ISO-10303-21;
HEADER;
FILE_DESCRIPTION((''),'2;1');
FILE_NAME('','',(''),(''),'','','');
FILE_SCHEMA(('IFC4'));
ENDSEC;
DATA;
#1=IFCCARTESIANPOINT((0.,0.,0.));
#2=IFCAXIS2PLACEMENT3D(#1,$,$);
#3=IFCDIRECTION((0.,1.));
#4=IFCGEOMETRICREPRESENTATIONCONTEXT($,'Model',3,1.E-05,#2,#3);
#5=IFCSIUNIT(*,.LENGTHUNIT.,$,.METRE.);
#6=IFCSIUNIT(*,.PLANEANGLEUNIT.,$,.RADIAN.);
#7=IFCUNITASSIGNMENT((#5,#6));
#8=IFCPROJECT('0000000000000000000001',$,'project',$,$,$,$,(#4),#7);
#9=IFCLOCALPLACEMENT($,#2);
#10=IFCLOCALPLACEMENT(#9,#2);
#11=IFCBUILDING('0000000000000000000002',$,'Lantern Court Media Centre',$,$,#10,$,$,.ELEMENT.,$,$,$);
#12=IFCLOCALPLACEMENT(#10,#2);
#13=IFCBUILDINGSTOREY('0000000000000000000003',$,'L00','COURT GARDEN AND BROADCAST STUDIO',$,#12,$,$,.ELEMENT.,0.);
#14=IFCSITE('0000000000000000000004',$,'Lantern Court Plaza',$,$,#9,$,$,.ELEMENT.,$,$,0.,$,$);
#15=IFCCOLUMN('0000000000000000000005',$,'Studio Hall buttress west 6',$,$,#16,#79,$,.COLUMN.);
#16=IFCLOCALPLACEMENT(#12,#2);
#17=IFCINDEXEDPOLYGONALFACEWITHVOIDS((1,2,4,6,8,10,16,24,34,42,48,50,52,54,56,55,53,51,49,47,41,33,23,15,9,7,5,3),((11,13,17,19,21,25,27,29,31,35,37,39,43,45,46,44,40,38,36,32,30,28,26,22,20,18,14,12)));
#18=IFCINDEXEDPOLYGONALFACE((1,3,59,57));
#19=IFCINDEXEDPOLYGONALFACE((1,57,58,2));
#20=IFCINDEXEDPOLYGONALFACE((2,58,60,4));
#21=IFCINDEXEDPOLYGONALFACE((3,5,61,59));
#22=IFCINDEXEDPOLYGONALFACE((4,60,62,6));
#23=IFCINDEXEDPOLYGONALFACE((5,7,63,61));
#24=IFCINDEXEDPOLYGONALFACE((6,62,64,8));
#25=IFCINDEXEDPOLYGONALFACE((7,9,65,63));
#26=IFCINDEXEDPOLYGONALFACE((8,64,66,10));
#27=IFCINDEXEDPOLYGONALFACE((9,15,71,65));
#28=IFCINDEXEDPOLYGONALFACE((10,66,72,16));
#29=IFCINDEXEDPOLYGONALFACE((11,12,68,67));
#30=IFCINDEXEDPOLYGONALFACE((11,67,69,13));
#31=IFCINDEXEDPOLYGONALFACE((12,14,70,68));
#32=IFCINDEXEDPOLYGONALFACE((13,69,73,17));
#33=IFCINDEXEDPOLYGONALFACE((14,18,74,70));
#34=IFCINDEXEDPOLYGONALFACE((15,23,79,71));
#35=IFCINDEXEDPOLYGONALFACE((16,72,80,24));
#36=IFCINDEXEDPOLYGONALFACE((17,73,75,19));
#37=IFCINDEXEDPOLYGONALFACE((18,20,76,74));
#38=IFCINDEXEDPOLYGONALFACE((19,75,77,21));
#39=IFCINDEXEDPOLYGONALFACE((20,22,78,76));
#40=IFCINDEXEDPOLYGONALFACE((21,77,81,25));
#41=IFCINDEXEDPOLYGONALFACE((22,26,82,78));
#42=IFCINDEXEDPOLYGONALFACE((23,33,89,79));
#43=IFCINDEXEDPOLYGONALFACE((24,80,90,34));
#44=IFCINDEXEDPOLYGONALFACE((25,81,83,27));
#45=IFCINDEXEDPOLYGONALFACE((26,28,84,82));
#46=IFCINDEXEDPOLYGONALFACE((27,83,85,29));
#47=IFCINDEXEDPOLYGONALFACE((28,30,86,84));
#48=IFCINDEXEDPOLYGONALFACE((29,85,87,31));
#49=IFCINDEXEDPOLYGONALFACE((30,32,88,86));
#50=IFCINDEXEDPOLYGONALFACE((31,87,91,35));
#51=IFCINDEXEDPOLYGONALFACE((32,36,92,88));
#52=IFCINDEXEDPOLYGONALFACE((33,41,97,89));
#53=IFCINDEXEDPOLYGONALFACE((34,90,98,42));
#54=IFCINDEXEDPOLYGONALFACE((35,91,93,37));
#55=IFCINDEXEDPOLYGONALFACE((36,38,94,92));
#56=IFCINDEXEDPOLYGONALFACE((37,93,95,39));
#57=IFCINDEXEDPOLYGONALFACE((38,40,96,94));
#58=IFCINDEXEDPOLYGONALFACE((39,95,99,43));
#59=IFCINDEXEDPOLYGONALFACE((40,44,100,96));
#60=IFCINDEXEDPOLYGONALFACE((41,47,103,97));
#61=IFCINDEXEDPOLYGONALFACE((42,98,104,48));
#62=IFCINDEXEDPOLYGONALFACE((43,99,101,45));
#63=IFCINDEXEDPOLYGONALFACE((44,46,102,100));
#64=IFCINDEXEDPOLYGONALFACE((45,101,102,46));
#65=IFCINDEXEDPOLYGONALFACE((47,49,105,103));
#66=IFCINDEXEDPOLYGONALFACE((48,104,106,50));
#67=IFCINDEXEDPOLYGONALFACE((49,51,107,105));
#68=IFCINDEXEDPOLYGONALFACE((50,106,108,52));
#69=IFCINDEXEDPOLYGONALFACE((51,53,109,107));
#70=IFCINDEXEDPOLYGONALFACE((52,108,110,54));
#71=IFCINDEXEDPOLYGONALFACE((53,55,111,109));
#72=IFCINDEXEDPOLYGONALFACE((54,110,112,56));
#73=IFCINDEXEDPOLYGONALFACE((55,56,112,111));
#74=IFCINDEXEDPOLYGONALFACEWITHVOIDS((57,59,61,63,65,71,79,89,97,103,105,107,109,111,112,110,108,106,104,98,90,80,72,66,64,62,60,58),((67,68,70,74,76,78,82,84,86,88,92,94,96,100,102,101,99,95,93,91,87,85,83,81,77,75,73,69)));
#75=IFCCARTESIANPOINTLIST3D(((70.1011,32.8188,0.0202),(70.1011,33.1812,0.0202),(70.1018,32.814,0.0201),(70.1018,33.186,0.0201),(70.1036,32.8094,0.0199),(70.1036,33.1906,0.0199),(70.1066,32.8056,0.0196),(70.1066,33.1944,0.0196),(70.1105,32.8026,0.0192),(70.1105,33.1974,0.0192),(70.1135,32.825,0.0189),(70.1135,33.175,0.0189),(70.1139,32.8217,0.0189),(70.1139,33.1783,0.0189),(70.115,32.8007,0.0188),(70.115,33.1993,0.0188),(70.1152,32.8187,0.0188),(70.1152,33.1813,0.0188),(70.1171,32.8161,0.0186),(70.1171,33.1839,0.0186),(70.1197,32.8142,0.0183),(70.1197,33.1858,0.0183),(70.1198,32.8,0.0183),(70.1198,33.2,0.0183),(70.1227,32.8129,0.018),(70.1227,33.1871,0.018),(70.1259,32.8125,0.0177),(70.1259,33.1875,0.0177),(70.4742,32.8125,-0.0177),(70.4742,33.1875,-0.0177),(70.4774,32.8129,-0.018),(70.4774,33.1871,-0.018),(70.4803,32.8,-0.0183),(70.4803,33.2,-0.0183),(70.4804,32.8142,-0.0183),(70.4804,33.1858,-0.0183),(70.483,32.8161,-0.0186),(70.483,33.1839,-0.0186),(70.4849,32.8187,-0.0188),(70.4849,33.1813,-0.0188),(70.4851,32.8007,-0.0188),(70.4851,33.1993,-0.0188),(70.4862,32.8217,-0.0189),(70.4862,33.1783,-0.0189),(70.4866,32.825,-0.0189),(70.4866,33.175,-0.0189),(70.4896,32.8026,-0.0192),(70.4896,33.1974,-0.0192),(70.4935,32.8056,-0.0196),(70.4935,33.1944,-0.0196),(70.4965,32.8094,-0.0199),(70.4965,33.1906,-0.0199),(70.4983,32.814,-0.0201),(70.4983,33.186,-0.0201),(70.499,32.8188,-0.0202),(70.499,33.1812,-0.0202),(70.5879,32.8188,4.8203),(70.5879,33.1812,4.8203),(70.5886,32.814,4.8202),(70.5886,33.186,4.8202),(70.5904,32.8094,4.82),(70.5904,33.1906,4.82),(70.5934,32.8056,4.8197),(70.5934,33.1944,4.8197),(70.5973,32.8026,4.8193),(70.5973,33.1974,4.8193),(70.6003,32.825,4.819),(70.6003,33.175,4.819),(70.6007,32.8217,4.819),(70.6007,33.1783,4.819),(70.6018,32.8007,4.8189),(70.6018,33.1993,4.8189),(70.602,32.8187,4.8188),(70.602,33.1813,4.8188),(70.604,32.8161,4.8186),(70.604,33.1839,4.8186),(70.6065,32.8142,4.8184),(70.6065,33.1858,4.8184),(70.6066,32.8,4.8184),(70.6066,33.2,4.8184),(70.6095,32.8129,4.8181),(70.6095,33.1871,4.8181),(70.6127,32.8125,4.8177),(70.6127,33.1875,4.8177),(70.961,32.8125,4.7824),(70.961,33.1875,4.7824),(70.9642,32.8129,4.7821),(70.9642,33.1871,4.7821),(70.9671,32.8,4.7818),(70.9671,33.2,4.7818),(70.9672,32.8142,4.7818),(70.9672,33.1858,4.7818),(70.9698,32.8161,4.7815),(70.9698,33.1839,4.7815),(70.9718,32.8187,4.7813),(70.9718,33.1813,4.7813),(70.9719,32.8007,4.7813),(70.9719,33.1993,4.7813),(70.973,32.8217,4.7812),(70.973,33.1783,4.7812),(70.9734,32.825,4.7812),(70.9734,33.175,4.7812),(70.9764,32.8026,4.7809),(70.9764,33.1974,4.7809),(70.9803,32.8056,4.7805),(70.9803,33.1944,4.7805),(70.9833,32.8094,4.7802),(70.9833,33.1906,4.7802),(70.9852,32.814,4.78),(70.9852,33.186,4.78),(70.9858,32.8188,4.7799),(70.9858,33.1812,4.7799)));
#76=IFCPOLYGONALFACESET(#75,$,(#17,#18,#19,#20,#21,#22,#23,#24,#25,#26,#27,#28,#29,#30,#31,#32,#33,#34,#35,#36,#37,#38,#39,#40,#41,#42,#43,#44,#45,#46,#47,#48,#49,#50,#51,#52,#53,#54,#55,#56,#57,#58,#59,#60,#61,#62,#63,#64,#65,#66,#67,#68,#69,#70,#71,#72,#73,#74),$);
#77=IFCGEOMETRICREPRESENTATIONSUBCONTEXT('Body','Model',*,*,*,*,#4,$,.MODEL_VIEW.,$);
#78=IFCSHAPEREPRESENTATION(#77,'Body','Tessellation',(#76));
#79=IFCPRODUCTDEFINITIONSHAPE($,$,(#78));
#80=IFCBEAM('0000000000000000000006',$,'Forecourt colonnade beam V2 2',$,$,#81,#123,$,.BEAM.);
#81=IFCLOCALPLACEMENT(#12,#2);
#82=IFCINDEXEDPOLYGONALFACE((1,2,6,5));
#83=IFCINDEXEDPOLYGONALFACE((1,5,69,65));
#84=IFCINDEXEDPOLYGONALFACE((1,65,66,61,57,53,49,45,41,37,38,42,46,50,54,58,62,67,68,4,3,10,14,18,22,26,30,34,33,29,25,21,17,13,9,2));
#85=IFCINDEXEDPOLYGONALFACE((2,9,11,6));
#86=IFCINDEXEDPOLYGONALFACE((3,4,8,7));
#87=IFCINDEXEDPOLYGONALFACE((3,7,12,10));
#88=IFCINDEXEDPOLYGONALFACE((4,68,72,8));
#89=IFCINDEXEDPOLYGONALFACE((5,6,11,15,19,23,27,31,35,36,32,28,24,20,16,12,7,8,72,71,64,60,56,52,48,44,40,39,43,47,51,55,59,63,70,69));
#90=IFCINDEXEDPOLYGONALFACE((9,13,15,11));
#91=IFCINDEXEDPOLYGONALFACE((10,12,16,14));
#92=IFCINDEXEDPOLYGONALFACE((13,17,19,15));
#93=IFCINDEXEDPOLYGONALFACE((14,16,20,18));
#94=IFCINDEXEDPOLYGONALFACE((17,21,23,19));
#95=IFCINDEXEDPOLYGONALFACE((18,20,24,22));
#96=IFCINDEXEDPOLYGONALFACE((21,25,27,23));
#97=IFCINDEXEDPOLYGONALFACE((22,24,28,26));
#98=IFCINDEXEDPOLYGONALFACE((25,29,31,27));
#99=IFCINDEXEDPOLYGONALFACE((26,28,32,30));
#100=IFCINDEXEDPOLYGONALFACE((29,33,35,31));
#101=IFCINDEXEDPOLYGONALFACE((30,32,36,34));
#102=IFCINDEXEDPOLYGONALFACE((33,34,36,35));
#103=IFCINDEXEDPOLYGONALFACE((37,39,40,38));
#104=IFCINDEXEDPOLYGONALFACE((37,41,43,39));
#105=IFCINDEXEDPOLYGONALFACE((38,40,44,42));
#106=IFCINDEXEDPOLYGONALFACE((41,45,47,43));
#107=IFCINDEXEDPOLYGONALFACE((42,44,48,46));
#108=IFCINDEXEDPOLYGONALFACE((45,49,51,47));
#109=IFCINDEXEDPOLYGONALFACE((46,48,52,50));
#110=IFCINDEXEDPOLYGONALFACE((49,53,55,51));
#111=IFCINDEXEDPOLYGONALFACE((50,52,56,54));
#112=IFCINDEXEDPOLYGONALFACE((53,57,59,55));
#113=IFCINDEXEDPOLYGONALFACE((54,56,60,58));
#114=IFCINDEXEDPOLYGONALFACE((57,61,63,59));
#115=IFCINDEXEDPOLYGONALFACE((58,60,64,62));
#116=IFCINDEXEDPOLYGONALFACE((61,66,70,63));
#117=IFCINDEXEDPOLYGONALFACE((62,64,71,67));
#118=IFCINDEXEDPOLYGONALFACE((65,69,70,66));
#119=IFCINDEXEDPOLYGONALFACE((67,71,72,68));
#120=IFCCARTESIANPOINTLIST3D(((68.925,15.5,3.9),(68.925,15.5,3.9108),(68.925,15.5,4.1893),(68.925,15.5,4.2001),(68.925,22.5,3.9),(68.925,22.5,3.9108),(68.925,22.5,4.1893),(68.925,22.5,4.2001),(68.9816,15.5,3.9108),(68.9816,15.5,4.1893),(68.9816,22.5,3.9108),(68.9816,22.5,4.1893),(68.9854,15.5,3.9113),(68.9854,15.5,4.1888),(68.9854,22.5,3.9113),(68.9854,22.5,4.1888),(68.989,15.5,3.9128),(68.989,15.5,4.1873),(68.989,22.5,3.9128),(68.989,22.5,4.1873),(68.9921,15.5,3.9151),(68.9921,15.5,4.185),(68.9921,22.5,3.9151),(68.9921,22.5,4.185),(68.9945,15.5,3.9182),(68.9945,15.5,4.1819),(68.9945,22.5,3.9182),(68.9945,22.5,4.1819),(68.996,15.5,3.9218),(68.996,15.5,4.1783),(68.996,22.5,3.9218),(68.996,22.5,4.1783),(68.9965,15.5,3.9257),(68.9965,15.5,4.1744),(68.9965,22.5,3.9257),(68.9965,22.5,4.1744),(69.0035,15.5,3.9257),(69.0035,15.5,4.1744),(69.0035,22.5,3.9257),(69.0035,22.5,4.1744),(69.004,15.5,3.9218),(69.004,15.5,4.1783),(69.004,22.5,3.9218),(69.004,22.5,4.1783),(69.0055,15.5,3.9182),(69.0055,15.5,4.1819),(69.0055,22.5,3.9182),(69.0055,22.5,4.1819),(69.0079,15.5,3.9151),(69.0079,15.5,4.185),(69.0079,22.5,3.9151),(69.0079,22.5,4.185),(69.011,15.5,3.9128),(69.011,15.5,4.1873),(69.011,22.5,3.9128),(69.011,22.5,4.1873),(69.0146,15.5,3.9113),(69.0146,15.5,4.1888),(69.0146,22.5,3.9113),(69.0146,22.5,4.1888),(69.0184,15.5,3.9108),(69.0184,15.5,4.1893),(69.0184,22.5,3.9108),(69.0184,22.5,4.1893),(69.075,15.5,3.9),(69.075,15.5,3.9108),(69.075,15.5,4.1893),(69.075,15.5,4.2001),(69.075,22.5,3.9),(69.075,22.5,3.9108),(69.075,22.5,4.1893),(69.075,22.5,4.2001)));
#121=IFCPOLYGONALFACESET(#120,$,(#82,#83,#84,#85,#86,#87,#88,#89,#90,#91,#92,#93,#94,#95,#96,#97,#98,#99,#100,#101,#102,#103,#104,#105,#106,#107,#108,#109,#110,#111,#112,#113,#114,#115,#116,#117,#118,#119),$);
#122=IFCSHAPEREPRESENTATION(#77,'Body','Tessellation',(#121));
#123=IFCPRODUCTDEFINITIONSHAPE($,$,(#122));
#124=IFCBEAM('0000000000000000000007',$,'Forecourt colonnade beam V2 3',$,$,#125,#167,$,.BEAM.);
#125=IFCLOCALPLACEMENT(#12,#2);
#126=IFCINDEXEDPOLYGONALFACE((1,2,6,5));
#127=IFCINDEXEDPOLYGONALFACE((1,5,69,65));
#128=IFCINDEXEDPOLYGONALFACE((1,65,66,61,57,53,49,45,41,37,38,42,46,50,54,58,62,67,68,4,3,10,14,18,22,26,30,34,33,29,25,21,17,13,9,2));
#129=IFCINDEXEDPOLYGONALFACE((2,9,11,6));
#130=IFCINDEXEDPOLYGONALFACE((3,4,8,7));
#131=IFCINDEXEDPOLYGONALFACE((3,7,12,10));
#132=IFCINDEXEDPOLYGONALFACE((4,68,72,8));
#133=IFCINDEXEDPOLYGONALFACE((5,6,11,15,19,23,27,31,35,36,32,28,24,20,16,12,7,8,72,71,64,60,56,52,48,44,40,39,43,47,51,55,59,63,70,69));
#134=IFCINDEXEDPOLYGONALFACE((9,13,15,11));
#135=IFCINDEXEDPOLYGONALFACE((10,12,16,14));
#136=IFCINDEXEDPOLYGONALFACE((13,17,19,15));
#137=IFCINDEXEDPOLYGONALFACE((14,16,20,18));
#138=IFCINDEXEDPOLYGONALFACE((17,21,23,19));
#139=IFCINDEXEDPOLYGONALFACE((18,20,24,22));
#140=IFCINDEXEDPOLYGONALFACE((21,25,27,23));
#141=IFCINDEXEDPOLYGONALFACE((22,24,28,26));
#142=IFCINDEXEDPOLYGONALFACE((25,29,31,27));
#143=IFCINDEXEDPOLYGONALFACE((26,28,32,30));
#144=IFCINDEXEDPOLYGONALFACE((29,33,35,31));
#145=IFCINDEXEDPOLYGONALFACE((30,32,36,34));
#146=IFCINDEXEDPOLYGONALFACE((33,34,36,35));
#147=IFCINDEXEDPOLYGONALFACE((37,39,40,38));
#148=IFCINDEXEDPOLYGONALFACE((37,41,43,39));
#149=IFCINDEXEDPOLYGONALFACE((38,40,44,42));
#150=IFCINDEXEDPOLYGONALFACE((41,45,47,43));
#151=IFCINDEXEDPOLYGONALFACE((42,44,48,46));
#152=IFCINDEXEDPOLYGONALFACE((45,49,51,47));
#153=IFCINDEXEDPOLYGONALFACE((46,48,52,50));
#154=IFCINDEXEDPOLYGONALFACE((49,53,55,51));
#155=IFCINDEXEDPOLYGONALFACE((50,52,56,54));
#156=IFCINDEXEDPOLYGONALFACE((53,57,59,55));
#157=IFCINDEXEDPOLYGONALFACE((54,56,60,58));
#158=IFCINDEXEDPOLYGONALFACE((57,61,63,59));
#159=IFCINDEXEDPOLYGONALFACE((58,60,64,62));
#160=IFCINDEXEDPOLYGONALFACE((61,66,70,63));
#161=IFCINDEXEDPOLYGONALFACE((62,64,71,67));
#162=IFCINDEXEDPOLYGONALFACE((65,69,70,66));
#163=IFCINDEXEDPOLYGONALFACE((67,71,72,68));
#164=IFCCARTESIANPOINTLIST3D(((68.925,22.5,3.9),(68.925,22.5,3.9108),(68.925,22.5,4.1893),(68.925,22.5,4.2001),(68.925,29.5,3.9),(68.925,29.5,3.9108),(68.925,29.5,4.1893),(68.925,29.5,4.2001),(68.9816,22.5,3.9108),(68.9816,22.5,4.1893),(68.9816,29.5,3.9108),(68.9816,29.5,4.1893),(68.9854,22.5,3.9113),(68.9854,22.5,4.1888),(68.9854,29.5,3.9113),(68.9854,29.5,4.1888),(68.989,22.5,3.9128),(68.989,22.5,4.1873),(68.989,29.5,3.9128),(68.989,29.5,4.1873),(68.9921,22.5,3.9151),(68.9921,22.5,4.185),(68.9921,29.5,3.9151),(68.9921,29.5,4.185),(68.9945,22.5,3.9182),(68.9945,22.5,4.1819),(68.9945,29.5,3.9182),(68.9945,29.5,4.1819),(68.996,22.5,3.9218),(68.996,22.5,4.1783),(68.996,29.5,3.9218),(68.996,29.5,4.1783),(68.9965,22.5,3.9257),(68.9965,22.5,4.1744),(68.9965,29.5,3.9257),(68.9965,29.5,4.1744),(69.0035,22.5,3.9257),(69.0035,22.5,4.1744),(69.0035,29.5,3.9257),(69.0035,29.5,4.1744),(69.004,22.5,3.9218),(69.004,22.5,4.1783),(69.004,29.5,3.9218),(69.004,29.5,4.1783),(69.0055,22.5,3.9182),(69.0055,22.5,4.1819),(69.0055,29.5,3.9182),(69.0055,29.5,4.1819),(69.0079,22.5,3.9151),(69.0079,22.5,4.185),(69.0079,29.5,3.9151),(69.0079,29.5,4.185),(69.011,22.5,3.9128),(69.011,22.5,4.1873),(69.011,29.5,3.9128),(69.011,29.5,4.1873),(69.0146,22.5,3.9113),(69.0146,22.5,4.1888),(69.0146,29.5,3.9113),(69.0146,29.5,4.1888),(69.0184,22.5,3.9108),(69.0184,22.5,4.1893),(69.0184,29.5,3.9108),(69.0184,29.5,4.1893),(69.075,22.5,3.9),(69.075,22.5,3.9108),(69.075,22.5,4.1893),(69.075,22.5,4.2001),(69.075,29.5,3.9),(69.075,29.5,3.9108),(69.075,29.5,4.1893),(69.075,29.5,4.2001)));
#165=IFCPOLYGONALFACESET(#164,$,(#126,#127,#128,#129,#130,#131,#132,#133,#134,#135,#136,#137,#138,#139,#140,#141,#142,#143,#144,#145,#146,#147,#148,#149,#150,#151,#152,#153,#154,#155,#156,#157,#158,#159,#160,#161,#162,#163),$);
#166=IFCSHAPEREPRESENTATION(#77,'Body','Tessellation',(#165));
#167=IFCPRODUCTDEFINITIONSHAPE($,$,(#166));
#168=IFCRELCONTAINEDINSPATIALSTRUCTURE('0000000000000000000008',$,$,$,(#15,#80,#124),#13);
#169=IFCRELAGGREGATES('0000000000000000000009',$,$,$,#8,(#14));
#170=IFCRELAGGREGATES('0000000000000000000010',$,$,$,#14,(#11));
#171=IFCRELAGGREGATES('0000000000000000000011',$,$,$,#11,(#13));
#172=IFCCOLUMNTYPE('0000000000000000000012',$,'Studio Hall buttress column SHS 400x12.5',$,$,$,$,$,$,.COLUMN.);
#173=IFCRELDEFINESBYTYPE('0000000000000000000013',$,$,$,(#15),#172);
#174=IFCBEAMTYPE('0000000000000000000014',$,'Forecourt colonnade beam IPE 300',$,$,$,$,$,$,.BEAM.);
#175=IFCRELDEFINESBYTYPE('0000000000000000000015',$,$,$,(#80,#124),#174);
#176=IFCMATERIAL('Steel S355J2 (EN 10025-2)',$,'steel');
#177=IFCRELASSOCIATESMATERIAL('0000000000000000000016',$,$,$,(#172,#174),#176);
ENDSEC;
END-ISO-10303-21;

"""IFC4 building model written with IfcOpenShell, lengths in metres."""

from ifc_helpers import new_model, si_unit, direction, frame, origin, origin_2d, place, context, subcontext, project, spatial, hollow_rectangle, i_section, extrude, material, material_profile, profile_set, type_object, element, save


model = new_model("IFC4")

# Units and contexts
model_context = context("Model", 3, precision=1e-05, world=origin(), true_north=direction((0.0, 1.0)))
body_context = subcontext(model_context, "Body", "Model", "MODEL_VIEW")
ifc_project = project(units=[si_unit("LENGTHUNIT", "METRE"), si_unit("PLANEANGLEUNIT", "RADIAN")], contexts=[model_context])

# Site, building, storey
site_placement = place(None, origin())
site = spatial("IfcSite", under=ifc_project, at=site_placement, Name="Lantern Court Plaza", CompositionType="ELEMENT", RefElevation=0.0)
building_placement = place(site_placement, origin())
building = spatial("IfcBuilding", under=site, at=building_placement, Name="Lantern Court Media Centre", CompositionType="ELEMENT")
storey_placement = place(building_placement, origin())
storey = spatial("IfcBuildingStorey", under=building, at=storey_placement, Name="L00", Description="COURT GARDEN AND BROADCAST STUDIO", CompositionType="ELEMENT", Elevation=0.0)

# Column
ifc_material_1 = material(Name="Steel S355J2 (EN 10025-2)", Category="steel")
ifc_material_profile_1 = material_profile(ifc_material_1, hollow_rectangle(XDim=0.3999, YDim=0.3999, WallThickness=0.0125, InnerFilletRadius=0.0125, OuterFilletRadius=0.0188, at=origin_2d()), Name="Studio Hall buttress column SHS 400x12.5")
ifc_profile_set_1 = profile_set([ifc_material_profile_1], Name="Steel S355J2 (EN 10025-2)")
column_type_1 = type_object("IfcColumnType", Name="Studio Hall buttress column SHS 400x12.5", PredefinedType="COLUMN", material=ifc_profile_set_1)
for number, where, z_axis, x_axis, name in (
    (1, (70.3, 33.0, 0.0), (0.100901, 0.0, 0.994896), (0.0, 1.0, 0.0), "Studio Hall buttress west 6"),
):
    element("IfcColumn", number, at=place(storey_placement, frame(where, z_axis=z_axis, x_axis=x_axis)), inside=storey, type_object=column_type_1, Name=name, PredefinedType="COLUMN", context=body_context, shape_type="SweptSolid", body=[
        extrude(hollow_rectangle(XDim=0.3999, YDim=0.3999, WallThickness=0.0125, InnerFilletRadius=0.0125, OuterFilletRadius=0.0188, at=origin_2d()), origin(), (0.0, 0.0, 1.0), 4.8247),
    ])

# Beams
ifc_material_profile_2 = material_profile(ifc_material_1, i_section(OverallWidth=0.1499, OverallDepth=0.3, WebThickness=0.0071, FlangeThickness=0.0107, FilletRadius=0.0149, at=origin_2d()), Name="IPE 300")
ifc_profile_set_2 = profile_set([ifc_material_profile_2], Name="Steel S355J2 (EN 10025-2)")
beam_type_1 = type_object("IfcBeamType", Name="Forecourt colonnade beam IPE 300", PredefinedType="BEAM", material=ifc_profile_set_2)
for number, where, z_axis, x_axis, name in (
    (2, (69.0, 15.5, 4.05), (0.0, 1.0, 0.0), (-1.0, 0.0, 0.0), "Forecourt colonnade beam V2 2"),
    (3, (69.0, 22.5, 4.05), (0.0, 1.0, 0.0), (-1.0, 0.0, 0.0), "Forecourt colonnade beam V2 3"),
):
    element("IfcBeam", number, at=place(storey_placement, frame(where, z_axis=z_axis, x_axis=x_axis)), inside=storey, type_object=beam_type_1, Name=name, PredefinedType="BEAM", context=body_context, shape_type="SweptSolid", body=[
        extrude(i_section(OverallWidth=0.1499, OverallDepth=0.3, WebThickness=0.0071, FlangeThickness=0.0107, FilletRadius=0.0149, at=origin_2d()), origin(), (0.0, 0.0, 1.0), 7.0),
    ])

save(model, "model.ifc")
